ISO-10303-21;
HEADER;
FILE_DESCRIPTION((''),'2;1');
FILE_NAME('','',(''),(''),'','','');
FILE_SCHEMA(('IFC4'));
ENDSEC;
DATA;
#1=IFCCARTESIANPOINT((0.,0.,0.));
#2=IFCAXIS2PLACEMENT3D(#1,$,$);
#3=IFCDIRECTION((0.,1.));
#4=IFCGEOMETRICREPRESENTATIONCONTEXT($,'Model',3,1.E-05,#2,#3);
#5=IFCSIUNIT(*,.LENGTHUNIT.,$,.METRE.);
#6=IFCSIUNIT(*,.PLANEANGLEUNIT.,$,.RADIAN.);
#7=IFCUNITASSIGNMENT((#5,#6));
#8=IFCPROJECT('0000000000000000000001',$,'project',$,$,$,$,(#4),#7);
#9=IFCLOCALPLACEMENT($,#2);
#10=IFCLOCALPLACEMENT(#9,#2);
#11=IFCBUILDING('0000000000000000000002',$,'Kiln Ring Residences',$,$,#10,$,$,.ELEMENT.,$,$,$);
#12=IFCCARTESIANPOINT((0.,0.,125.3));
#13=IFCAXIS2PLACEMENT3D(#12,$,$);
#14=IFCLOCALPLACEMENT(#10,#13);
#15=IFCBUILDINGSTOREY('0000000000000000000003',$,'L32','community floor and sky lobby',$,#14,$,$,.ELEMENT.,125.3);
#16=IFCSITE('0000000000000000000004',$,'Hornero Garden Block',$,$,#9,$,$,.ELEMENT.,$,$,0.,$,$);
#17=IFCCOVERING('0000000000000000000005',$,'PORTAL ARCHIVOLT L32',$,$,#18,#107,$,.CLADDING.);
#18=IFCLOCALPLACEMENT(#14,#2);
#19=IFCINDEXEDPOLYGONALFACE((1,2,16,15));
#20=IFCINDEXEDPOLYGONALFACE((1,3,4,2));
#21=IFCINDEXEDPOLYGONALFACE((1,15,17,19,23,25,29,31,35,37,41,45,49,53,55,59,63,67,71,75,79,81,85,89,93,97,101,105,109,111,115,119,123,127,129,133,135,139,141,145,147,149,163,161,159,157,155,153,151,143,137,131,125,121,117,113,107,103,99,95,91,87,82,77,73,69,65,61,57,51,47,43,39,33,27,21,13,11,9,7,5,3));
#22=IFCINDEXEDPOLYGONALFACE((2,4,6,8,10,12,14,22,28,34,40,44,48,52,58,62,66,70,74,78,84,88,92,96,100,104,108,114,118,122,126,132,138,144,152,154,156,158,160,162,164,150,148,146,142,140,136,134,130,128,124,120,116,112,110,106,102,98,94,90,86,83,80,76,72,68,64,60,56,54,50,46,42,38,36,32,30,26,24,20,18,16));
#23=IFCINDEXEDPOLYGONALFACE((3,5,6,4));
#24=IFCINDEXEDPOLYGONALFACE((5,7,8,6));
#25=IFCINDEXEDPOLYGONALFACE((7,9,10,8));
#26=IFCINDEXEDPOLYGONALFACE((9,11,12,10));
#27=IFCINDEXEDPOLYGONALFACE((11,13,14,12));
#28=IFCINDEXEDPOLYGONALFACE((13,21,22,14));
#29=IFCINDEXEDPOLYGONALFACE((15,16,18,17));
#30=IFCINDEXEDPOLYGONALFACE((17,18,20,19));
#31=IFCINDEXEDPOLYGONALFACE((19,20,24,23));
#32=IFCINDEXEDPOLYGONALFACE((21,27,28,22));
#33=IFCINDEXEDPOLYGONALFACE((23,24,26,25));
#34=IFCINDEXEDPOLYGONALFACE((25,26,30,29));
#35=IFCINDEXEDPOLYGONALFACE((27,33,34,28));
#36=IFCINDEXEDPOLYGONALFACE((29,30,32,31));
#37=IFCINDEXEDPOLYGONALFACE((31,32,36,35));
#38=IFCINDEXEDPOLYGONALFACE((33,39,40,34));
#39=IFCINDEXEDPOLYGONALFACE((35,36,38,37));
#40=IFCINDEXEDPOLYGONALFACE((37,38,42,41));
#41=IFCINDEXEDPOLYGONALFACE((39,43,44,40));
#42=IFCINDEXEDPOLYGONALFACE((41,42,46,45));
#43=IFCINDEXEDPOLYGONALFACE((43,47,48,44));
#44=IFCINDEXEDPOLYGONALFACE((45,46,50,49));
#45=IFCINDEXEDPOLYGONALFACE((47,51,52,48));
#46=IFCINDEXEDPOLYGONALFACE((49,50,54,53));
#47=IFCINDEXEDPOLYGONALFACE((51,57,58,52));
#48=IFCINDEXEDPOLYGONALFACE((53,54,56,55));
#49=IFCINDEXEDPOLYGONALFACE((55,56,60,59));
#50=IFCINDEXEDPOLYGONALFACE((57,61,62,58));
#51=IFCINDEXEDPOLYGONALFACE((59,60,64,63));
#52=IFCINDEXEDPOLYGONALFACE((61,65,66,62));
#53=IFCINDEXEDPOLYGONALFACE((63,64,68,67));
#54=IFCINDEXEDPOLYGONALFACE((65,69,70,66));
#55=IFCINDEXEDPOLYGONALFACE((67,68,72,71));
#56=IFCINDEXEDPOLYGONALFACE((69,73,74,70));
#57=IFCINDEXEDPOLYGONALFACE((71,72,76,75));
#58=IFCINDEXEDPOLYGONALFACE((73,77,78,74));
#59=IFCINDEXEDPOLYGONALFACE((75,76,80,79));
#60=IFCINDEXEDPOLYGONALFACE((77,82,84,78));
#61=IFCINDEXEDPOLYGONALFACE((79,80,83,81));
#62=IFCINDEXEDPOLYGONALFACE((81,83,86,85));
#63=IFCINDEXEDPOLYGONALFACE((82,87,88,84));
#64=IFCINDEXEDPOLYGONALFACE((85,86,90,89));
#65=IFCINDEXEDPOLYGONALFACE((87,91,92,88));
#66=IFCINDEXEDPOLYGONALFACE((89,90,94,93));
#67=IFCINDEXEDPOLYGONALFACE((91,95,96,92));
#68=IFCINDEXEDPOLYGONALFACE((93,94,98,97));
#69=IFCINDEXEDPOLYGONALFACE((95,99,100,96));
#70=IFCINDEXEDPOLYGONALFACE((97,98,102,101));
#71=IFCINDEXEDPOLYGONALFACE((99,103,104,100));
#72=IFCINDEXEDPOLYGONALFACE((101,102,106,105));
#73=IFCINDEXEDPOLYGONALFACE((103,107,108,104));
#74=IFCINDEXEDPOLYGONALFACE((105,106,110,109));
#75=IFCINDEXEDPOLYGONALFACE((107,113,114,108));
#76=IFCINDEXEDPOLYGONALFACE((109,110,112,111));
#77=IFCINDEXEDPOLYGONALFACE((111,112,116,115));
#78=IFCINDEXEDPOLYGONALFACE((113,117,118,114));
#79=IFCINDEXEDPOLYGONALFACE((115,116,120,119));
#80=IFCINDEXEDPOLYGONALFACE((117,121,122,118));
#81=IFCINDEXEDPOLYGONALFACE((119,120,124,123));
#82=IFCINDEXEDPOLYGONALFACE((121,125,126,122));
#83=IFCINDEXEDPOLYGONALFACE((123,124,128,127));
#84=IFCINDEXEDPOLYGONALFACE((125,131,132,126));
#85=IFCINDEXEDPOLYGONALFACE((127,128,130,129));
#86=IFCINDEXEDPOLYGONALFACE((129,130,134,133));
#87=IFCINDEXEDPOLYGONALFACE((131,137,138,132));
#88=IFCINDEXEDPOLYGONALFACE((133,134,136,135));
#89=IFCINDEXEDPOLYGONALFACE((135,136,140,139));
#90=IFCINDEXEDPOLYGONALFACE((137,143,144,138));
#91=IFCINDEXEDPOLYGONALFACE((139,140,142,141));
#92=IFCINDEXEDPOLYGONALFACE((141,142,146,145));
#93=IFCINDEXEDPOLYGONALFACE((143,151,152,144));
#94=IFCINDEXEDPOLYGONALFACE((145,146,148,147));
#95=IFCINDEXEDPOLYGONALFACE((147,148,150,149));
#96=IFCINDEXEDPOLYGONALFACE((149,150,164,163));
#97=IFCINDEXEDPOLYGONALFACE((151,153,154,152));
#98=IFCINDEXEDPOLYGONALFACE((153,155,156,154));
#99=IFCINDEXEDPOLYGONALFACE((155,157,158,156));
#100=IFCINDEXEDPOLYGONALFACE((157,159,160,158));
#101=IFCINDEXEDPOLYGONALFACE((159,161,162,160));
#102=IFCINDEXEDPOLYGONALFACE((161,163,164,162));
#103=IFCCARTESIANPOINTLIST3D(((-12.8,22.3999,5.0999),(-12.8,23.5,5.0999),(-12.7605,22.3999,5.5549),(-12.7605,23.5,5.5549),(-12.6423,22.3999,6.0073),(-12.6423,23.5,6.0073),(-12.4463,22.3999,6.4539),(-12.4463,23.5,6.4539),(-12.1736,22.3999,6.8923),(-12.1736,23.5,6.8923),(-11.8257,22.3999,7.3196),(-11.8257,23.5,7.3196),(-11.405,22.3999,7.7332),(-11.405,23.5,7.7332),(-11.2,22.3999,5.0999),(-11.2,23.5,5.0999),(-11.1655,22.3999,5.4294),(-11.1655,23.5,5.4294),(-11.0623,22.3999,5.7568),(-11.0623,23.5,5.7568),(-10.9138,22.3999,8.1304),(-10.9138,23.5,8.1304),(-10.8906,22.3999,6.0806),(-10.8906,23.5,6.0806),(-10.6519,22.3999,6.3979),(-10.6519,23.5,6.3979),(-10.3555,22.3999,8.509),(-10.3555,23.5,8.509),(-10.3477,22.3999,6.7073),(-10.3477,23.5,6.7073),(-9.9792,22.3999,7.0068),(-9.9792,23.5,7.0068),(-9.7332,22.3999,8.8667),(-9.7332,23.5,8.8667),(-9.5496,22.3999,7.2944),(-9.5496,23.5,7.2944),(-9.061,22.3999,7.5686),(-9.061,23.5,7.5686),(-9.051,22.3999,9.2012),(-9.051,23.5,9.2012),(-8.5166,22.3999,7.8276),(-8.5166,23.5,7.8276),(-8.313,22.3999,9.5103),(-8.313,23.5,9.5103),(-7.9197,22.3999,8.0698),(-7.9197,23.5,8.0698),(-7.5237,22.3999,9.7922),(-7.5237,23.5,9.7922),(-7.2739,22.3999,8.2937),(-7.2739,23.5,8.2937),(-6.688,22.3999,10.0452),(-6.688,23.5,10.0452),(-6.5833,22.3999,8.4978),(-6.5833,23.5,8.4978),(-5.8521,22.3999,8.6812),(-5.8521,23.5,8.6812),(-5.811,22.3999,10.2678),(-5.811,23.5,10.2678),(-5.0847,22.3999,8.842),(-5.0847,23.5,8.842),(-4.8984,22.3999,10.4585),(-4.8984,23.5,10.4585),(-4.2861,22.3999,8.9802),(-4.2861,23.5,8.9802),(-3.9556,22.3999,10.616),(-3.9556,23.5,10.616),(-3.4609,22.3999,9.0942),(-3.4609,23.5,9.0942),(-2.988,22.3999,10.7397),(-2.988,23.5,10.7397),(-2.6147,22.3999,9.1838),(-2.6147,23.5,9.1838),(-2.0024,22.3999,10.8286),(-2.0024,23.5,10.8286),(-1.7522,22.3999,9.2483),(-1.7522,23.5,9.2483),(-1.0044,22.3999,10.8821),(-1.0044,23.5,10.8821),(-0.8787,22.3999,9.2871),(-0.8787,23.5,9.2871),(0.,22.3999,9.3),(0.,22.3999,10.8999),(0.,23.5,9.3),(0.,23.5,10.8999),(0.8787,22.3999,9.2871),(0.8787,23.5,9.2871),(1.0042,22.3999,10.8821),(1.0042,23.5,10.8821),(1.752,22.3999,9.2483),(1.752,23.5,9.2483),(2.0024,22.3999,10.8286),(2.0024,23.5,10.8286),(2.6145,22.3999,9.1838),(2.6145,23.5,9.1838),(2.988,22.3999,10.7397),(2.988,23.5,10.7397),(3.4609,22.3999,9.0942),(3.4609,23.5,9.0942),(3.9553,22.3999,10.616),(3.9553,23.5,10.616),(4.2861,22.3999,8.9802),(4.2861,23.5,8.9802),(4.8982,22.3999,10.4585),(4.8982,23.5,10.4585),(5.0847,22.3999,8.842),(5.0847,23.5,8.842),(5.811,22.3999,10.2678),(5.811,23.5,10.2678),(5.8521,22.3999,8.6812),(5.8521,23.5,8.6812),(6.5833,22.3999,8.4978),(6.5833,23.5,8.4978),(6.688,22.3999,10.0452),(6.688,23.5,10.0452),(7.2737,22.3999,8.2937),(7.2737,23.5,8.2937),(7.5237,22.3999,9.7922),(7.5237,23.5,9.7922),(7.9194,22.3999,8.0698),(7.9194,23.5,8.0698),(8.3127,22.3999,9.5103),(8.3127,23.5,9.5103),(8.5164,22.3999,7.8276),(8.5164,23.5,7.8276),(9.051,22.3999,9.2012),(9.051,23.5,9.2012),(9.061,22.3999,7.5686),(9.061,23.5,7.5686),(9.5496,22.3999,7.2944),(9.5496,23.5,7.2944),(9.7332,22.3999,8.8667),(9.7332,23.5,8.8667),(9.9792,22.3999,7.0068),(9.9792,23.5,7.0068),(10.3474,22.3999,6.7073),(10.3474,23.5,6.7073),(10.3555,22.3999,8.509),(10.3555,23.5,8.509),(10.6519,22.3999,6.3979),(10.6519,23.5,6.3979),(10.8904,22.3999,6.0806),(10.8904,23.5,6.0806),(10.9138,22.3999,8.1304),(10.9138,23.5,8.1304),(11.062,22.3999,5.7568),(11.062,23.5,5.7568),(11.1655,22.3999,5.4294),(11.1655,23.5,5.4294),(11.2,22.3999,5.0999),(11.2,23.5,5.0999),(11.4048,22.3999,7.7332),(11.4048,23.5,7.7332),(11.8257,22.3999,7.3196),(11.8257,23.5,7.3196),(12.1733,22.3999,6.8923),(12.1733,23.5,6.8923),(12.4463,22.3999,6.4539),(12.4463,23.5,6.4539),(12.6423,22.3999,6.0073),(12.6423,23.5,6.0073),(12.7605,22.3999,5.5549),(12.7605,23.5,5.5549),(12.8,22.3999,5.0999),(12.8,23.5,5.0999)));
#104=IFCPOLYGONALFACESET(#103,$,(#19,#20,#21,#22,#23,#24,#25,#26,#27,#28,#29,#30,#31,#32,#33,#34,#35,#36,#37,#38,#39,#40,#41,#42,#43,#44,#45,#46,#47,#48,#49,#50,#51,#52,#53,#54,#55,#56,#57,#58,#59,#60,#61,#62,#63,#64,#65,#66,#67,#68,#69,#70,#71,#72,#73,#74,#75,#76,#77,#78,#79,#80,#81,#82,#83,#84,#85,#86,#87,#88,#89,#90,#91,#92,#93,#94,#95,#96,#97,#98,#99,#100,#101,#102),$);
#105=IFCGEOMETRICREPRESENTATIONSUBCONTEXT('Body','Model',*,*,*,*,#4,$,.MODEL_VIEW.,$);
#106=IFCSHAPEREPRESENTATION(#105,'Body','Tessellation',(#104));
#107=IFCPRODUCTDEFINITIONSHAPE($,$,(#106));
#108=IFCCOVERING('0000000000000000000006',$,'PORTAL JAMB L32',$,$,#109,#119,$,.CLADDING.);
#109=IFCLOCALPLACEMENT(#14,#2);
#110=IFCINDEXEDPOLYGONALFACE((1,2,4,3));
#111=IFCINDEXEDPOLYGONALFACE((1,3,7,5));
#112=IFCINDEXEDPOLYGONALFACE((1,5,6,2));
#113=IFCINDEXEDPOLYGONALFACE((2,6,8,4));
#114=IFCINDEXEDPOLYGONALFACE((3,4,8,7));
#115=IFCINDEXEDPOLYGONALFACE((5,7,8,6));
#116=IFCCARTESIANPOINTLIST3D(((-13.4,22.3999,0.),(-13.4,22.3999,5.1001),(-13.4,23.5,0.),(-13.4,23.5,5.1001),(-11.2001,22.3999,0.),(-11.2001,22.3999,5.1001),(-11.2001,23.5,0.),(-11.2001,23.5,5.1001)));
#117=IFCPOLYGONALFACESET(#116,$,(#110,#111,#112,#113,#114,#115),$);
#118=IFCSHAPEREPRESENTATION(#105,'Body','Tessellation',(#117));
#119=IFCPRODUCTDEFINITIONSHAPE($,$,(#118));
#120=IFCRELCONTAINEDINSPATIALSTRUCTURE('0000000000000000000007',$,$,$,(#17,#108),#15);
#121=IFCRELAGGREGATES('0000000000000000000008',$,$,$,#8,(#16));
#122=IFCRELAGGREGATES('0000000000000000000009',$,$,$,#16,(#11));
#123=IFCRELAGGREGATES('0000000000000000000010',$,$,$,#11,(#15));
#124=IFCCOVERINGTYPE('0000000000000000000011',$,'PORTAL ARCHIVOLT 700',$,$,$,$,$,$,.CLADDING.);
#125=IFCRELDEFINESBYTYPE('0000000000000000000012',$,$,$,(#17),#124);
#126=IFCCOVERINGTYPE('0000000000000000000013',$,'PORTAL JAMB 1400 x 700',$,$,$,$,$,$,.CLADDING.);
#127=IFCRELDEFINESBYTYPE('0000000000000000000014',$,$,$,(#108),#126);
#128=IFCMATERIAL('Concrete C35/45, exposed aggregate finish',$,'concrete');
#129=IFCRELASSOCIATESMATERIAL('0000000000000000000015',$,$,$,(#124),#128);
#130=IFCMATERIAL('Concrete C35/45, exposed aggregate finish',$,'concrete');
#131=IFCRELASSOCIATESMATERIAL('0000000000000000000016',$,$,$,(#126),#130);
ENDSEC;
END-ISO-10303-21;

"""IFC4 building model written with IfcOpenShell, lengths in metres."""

from ifc_helpers import new_model, si_unit, direction, frame, origin, origin_2d, place, context, subcontext, project, spatial, polyline, rectangle, outline, extrude, material, type_object, element, save


model = new_model("IFC4")

# Units and contexts
model_context = context("Model", 3, precision=1e-05, world=origin(), true_north=direction((0.0, 1.0)))
body_context = subcontext(model_context, "Body", "Model", "MODEL_VIEW")
ifc_project = project(units=[si_unit("LENGTHUNIT", "METRE"), si_unit("PLANEANGLEUNIT", "RADIAN")], contexts=[model_context])

# Site, building, storey
site_placement = place(None, origin())
site = spatial("IfcSite", under=ifc_project, at=site_placement, Name="Hornero Garden Block", CompositionType="ELEMENT", RefElevation=0.0)
building_placement = place(site_placement, origin())
building = spatial("IfcBuilding", under=site, at=building_placement, Name="Kiln Ring Residences", CompositionType="ELEMENT")
storey_placement = place(building_placement, frame((0.0, 0.0, 125.3)))
storey = spatial("IfcBuildingStorey", under=building, at=storey_placement, Name="L32", Description="community floor and sky lobby", CompositionType="ELEMENT", Elevation=125.3)

# Coverings
ifc_material_1 = material(Name="Concrete C35/45, exposed aggregate finish", Category="concrete")
covering_type_1 = type_object("IfcCoveringType", Name="PORTAL ARCHIVOLT 700", PredefinedType="CLADDING", material=ifc_material_1)
covering_1_placement = place(storey_placement, frame((-12.8, 22.95, 5.0999), z_axis=(0.0, 0.0, 1.0), x_axis=(1.0, 0.0, 0.0)))
element("IfcCovering", 1, at=covering_1_placement, inside=storey, type_object=covering_type_1, Name="PORTAL ARCHIVOLT L32", PredefinedType="CLADDING", context=body_context, shape_type="SweptSolid", body=[
    extrude(outline(polyline([(25.6001, 0.0), (25.5605, 0.4551), (25.4424, 0.9075), (25.2463, 1.354), (24.9734, 1.7925), (24.6257, 2.2197), (24.2048, 2.6333), (23.7139, 3.0305), (23.1555, 3.4092), (22.5332, 3.7668), (21.8511, 4.1013), (21.1128, 4.4104), (20.3237, 4.6924), (19.488, 4.9453), (18.6111, 5.168), (17.6982, 5.3586), (16.7554, 5.5161), (15.7881, 5.6399), (14.8025, 5.7288), (13.8042, 5.7822), (12.8, 5.8), (11.7957, 5.7822), (10.7976, 5.7288), (9.812, 5.6399), (8.8445, 5.5161), (7.9016, 5.3586), (6.989, 5.168), (6.1121, 4.9453), (5.2764, 4.6924), (4.4871, 4.4104), (3.749, 4.1013), (3.0669, 3.7668), (2.4446, 3.4092), (1.8862, 3.0305), (1.395, 2.6333), (0.9744, 2.2197), (0.6265, 1.7925), (0.3538, 1.354), (0.1577, 0.9075), (0.0396, 0.4551), (0.0, 0.0), (1.6001, 0.0), (1.6345, 0.3296), (1.7378, 0.657), (1.9094, 0.9807), (2.1482, 1.2981), (2.4524, 1.6074), (2.8208, 1.907), (3.2505, 2.1946), (3.739, 2.4688), (4.2834, 2.7278), (4.8804, 2.97), (5.5261, 3.1938), (6.2168, 3.3979), (6.948, 3.5813), (7.7153, 3.7422), (8.5139, 3.8804), (9.3391, 3.9944), (10.1853, 4.084), (11.0479, 4.1484), (11.9214, 4.1873), (12.8, 4.2002), (13.6787, 4.1873), (14.552, 4.1484), (15.4146, 4.084), (16.261, 3.9944), (17.0862, 3.8804), (17.8848, 3.7422), (18.6521, 3.5813), (19.3833, 3.3979), (20.0737, 3.1938), (20.7195, 2.97), (21.3164, 2.7278), (21.8611, 2.4688), (22.3496, 2.1946), (22.7793, 1.907), (23.1475, 1.6074), (23.4519, 1.2981), (23.6904, 0.9807), (23.8621, 0.657), (23.9656, 0.3296), (24.0, 0.0), (25.6001, 0.0)])), frame((0.0, 0.55, 0.0), z_axis=(0.0, -1.0, 0.0), x_axis=(1.0, 0.0, 0.0)), (0.0, 0.0, 1.0), 1.1001),
])
ifc_material_2 = material(Name="Concrete C35/45, exposed aggregate finish", Category="concrete")
covering_type_2 = type_object("IfcCoveringType", Name="PORTAL JAMB 1400 x 700", PredefinedType="CLADDING", material=ifc_material_2)
covering_2_placement = place(storey_placement, frame((-12.3, 22.95, 0.0), z_axis=(0.0, 0.0, 1.0), x_axis=(1.0, 0.0, 0.0)))
element("IfcCovering", 2, at=covering_2_placement, inside=storey, type_object=covering_type_2, Name="PORTAL JAMB L32", PredefinedType="CLADDING", context=body_context, shape_type="SweptSolid", body=[
    extrude(rectangle(XDim=2.2, YDim=1.1001, at=origin_2d()), origin(), (0.0, 0.0, 1.0), 5.1001),
])

save(model, "model.ifc")
